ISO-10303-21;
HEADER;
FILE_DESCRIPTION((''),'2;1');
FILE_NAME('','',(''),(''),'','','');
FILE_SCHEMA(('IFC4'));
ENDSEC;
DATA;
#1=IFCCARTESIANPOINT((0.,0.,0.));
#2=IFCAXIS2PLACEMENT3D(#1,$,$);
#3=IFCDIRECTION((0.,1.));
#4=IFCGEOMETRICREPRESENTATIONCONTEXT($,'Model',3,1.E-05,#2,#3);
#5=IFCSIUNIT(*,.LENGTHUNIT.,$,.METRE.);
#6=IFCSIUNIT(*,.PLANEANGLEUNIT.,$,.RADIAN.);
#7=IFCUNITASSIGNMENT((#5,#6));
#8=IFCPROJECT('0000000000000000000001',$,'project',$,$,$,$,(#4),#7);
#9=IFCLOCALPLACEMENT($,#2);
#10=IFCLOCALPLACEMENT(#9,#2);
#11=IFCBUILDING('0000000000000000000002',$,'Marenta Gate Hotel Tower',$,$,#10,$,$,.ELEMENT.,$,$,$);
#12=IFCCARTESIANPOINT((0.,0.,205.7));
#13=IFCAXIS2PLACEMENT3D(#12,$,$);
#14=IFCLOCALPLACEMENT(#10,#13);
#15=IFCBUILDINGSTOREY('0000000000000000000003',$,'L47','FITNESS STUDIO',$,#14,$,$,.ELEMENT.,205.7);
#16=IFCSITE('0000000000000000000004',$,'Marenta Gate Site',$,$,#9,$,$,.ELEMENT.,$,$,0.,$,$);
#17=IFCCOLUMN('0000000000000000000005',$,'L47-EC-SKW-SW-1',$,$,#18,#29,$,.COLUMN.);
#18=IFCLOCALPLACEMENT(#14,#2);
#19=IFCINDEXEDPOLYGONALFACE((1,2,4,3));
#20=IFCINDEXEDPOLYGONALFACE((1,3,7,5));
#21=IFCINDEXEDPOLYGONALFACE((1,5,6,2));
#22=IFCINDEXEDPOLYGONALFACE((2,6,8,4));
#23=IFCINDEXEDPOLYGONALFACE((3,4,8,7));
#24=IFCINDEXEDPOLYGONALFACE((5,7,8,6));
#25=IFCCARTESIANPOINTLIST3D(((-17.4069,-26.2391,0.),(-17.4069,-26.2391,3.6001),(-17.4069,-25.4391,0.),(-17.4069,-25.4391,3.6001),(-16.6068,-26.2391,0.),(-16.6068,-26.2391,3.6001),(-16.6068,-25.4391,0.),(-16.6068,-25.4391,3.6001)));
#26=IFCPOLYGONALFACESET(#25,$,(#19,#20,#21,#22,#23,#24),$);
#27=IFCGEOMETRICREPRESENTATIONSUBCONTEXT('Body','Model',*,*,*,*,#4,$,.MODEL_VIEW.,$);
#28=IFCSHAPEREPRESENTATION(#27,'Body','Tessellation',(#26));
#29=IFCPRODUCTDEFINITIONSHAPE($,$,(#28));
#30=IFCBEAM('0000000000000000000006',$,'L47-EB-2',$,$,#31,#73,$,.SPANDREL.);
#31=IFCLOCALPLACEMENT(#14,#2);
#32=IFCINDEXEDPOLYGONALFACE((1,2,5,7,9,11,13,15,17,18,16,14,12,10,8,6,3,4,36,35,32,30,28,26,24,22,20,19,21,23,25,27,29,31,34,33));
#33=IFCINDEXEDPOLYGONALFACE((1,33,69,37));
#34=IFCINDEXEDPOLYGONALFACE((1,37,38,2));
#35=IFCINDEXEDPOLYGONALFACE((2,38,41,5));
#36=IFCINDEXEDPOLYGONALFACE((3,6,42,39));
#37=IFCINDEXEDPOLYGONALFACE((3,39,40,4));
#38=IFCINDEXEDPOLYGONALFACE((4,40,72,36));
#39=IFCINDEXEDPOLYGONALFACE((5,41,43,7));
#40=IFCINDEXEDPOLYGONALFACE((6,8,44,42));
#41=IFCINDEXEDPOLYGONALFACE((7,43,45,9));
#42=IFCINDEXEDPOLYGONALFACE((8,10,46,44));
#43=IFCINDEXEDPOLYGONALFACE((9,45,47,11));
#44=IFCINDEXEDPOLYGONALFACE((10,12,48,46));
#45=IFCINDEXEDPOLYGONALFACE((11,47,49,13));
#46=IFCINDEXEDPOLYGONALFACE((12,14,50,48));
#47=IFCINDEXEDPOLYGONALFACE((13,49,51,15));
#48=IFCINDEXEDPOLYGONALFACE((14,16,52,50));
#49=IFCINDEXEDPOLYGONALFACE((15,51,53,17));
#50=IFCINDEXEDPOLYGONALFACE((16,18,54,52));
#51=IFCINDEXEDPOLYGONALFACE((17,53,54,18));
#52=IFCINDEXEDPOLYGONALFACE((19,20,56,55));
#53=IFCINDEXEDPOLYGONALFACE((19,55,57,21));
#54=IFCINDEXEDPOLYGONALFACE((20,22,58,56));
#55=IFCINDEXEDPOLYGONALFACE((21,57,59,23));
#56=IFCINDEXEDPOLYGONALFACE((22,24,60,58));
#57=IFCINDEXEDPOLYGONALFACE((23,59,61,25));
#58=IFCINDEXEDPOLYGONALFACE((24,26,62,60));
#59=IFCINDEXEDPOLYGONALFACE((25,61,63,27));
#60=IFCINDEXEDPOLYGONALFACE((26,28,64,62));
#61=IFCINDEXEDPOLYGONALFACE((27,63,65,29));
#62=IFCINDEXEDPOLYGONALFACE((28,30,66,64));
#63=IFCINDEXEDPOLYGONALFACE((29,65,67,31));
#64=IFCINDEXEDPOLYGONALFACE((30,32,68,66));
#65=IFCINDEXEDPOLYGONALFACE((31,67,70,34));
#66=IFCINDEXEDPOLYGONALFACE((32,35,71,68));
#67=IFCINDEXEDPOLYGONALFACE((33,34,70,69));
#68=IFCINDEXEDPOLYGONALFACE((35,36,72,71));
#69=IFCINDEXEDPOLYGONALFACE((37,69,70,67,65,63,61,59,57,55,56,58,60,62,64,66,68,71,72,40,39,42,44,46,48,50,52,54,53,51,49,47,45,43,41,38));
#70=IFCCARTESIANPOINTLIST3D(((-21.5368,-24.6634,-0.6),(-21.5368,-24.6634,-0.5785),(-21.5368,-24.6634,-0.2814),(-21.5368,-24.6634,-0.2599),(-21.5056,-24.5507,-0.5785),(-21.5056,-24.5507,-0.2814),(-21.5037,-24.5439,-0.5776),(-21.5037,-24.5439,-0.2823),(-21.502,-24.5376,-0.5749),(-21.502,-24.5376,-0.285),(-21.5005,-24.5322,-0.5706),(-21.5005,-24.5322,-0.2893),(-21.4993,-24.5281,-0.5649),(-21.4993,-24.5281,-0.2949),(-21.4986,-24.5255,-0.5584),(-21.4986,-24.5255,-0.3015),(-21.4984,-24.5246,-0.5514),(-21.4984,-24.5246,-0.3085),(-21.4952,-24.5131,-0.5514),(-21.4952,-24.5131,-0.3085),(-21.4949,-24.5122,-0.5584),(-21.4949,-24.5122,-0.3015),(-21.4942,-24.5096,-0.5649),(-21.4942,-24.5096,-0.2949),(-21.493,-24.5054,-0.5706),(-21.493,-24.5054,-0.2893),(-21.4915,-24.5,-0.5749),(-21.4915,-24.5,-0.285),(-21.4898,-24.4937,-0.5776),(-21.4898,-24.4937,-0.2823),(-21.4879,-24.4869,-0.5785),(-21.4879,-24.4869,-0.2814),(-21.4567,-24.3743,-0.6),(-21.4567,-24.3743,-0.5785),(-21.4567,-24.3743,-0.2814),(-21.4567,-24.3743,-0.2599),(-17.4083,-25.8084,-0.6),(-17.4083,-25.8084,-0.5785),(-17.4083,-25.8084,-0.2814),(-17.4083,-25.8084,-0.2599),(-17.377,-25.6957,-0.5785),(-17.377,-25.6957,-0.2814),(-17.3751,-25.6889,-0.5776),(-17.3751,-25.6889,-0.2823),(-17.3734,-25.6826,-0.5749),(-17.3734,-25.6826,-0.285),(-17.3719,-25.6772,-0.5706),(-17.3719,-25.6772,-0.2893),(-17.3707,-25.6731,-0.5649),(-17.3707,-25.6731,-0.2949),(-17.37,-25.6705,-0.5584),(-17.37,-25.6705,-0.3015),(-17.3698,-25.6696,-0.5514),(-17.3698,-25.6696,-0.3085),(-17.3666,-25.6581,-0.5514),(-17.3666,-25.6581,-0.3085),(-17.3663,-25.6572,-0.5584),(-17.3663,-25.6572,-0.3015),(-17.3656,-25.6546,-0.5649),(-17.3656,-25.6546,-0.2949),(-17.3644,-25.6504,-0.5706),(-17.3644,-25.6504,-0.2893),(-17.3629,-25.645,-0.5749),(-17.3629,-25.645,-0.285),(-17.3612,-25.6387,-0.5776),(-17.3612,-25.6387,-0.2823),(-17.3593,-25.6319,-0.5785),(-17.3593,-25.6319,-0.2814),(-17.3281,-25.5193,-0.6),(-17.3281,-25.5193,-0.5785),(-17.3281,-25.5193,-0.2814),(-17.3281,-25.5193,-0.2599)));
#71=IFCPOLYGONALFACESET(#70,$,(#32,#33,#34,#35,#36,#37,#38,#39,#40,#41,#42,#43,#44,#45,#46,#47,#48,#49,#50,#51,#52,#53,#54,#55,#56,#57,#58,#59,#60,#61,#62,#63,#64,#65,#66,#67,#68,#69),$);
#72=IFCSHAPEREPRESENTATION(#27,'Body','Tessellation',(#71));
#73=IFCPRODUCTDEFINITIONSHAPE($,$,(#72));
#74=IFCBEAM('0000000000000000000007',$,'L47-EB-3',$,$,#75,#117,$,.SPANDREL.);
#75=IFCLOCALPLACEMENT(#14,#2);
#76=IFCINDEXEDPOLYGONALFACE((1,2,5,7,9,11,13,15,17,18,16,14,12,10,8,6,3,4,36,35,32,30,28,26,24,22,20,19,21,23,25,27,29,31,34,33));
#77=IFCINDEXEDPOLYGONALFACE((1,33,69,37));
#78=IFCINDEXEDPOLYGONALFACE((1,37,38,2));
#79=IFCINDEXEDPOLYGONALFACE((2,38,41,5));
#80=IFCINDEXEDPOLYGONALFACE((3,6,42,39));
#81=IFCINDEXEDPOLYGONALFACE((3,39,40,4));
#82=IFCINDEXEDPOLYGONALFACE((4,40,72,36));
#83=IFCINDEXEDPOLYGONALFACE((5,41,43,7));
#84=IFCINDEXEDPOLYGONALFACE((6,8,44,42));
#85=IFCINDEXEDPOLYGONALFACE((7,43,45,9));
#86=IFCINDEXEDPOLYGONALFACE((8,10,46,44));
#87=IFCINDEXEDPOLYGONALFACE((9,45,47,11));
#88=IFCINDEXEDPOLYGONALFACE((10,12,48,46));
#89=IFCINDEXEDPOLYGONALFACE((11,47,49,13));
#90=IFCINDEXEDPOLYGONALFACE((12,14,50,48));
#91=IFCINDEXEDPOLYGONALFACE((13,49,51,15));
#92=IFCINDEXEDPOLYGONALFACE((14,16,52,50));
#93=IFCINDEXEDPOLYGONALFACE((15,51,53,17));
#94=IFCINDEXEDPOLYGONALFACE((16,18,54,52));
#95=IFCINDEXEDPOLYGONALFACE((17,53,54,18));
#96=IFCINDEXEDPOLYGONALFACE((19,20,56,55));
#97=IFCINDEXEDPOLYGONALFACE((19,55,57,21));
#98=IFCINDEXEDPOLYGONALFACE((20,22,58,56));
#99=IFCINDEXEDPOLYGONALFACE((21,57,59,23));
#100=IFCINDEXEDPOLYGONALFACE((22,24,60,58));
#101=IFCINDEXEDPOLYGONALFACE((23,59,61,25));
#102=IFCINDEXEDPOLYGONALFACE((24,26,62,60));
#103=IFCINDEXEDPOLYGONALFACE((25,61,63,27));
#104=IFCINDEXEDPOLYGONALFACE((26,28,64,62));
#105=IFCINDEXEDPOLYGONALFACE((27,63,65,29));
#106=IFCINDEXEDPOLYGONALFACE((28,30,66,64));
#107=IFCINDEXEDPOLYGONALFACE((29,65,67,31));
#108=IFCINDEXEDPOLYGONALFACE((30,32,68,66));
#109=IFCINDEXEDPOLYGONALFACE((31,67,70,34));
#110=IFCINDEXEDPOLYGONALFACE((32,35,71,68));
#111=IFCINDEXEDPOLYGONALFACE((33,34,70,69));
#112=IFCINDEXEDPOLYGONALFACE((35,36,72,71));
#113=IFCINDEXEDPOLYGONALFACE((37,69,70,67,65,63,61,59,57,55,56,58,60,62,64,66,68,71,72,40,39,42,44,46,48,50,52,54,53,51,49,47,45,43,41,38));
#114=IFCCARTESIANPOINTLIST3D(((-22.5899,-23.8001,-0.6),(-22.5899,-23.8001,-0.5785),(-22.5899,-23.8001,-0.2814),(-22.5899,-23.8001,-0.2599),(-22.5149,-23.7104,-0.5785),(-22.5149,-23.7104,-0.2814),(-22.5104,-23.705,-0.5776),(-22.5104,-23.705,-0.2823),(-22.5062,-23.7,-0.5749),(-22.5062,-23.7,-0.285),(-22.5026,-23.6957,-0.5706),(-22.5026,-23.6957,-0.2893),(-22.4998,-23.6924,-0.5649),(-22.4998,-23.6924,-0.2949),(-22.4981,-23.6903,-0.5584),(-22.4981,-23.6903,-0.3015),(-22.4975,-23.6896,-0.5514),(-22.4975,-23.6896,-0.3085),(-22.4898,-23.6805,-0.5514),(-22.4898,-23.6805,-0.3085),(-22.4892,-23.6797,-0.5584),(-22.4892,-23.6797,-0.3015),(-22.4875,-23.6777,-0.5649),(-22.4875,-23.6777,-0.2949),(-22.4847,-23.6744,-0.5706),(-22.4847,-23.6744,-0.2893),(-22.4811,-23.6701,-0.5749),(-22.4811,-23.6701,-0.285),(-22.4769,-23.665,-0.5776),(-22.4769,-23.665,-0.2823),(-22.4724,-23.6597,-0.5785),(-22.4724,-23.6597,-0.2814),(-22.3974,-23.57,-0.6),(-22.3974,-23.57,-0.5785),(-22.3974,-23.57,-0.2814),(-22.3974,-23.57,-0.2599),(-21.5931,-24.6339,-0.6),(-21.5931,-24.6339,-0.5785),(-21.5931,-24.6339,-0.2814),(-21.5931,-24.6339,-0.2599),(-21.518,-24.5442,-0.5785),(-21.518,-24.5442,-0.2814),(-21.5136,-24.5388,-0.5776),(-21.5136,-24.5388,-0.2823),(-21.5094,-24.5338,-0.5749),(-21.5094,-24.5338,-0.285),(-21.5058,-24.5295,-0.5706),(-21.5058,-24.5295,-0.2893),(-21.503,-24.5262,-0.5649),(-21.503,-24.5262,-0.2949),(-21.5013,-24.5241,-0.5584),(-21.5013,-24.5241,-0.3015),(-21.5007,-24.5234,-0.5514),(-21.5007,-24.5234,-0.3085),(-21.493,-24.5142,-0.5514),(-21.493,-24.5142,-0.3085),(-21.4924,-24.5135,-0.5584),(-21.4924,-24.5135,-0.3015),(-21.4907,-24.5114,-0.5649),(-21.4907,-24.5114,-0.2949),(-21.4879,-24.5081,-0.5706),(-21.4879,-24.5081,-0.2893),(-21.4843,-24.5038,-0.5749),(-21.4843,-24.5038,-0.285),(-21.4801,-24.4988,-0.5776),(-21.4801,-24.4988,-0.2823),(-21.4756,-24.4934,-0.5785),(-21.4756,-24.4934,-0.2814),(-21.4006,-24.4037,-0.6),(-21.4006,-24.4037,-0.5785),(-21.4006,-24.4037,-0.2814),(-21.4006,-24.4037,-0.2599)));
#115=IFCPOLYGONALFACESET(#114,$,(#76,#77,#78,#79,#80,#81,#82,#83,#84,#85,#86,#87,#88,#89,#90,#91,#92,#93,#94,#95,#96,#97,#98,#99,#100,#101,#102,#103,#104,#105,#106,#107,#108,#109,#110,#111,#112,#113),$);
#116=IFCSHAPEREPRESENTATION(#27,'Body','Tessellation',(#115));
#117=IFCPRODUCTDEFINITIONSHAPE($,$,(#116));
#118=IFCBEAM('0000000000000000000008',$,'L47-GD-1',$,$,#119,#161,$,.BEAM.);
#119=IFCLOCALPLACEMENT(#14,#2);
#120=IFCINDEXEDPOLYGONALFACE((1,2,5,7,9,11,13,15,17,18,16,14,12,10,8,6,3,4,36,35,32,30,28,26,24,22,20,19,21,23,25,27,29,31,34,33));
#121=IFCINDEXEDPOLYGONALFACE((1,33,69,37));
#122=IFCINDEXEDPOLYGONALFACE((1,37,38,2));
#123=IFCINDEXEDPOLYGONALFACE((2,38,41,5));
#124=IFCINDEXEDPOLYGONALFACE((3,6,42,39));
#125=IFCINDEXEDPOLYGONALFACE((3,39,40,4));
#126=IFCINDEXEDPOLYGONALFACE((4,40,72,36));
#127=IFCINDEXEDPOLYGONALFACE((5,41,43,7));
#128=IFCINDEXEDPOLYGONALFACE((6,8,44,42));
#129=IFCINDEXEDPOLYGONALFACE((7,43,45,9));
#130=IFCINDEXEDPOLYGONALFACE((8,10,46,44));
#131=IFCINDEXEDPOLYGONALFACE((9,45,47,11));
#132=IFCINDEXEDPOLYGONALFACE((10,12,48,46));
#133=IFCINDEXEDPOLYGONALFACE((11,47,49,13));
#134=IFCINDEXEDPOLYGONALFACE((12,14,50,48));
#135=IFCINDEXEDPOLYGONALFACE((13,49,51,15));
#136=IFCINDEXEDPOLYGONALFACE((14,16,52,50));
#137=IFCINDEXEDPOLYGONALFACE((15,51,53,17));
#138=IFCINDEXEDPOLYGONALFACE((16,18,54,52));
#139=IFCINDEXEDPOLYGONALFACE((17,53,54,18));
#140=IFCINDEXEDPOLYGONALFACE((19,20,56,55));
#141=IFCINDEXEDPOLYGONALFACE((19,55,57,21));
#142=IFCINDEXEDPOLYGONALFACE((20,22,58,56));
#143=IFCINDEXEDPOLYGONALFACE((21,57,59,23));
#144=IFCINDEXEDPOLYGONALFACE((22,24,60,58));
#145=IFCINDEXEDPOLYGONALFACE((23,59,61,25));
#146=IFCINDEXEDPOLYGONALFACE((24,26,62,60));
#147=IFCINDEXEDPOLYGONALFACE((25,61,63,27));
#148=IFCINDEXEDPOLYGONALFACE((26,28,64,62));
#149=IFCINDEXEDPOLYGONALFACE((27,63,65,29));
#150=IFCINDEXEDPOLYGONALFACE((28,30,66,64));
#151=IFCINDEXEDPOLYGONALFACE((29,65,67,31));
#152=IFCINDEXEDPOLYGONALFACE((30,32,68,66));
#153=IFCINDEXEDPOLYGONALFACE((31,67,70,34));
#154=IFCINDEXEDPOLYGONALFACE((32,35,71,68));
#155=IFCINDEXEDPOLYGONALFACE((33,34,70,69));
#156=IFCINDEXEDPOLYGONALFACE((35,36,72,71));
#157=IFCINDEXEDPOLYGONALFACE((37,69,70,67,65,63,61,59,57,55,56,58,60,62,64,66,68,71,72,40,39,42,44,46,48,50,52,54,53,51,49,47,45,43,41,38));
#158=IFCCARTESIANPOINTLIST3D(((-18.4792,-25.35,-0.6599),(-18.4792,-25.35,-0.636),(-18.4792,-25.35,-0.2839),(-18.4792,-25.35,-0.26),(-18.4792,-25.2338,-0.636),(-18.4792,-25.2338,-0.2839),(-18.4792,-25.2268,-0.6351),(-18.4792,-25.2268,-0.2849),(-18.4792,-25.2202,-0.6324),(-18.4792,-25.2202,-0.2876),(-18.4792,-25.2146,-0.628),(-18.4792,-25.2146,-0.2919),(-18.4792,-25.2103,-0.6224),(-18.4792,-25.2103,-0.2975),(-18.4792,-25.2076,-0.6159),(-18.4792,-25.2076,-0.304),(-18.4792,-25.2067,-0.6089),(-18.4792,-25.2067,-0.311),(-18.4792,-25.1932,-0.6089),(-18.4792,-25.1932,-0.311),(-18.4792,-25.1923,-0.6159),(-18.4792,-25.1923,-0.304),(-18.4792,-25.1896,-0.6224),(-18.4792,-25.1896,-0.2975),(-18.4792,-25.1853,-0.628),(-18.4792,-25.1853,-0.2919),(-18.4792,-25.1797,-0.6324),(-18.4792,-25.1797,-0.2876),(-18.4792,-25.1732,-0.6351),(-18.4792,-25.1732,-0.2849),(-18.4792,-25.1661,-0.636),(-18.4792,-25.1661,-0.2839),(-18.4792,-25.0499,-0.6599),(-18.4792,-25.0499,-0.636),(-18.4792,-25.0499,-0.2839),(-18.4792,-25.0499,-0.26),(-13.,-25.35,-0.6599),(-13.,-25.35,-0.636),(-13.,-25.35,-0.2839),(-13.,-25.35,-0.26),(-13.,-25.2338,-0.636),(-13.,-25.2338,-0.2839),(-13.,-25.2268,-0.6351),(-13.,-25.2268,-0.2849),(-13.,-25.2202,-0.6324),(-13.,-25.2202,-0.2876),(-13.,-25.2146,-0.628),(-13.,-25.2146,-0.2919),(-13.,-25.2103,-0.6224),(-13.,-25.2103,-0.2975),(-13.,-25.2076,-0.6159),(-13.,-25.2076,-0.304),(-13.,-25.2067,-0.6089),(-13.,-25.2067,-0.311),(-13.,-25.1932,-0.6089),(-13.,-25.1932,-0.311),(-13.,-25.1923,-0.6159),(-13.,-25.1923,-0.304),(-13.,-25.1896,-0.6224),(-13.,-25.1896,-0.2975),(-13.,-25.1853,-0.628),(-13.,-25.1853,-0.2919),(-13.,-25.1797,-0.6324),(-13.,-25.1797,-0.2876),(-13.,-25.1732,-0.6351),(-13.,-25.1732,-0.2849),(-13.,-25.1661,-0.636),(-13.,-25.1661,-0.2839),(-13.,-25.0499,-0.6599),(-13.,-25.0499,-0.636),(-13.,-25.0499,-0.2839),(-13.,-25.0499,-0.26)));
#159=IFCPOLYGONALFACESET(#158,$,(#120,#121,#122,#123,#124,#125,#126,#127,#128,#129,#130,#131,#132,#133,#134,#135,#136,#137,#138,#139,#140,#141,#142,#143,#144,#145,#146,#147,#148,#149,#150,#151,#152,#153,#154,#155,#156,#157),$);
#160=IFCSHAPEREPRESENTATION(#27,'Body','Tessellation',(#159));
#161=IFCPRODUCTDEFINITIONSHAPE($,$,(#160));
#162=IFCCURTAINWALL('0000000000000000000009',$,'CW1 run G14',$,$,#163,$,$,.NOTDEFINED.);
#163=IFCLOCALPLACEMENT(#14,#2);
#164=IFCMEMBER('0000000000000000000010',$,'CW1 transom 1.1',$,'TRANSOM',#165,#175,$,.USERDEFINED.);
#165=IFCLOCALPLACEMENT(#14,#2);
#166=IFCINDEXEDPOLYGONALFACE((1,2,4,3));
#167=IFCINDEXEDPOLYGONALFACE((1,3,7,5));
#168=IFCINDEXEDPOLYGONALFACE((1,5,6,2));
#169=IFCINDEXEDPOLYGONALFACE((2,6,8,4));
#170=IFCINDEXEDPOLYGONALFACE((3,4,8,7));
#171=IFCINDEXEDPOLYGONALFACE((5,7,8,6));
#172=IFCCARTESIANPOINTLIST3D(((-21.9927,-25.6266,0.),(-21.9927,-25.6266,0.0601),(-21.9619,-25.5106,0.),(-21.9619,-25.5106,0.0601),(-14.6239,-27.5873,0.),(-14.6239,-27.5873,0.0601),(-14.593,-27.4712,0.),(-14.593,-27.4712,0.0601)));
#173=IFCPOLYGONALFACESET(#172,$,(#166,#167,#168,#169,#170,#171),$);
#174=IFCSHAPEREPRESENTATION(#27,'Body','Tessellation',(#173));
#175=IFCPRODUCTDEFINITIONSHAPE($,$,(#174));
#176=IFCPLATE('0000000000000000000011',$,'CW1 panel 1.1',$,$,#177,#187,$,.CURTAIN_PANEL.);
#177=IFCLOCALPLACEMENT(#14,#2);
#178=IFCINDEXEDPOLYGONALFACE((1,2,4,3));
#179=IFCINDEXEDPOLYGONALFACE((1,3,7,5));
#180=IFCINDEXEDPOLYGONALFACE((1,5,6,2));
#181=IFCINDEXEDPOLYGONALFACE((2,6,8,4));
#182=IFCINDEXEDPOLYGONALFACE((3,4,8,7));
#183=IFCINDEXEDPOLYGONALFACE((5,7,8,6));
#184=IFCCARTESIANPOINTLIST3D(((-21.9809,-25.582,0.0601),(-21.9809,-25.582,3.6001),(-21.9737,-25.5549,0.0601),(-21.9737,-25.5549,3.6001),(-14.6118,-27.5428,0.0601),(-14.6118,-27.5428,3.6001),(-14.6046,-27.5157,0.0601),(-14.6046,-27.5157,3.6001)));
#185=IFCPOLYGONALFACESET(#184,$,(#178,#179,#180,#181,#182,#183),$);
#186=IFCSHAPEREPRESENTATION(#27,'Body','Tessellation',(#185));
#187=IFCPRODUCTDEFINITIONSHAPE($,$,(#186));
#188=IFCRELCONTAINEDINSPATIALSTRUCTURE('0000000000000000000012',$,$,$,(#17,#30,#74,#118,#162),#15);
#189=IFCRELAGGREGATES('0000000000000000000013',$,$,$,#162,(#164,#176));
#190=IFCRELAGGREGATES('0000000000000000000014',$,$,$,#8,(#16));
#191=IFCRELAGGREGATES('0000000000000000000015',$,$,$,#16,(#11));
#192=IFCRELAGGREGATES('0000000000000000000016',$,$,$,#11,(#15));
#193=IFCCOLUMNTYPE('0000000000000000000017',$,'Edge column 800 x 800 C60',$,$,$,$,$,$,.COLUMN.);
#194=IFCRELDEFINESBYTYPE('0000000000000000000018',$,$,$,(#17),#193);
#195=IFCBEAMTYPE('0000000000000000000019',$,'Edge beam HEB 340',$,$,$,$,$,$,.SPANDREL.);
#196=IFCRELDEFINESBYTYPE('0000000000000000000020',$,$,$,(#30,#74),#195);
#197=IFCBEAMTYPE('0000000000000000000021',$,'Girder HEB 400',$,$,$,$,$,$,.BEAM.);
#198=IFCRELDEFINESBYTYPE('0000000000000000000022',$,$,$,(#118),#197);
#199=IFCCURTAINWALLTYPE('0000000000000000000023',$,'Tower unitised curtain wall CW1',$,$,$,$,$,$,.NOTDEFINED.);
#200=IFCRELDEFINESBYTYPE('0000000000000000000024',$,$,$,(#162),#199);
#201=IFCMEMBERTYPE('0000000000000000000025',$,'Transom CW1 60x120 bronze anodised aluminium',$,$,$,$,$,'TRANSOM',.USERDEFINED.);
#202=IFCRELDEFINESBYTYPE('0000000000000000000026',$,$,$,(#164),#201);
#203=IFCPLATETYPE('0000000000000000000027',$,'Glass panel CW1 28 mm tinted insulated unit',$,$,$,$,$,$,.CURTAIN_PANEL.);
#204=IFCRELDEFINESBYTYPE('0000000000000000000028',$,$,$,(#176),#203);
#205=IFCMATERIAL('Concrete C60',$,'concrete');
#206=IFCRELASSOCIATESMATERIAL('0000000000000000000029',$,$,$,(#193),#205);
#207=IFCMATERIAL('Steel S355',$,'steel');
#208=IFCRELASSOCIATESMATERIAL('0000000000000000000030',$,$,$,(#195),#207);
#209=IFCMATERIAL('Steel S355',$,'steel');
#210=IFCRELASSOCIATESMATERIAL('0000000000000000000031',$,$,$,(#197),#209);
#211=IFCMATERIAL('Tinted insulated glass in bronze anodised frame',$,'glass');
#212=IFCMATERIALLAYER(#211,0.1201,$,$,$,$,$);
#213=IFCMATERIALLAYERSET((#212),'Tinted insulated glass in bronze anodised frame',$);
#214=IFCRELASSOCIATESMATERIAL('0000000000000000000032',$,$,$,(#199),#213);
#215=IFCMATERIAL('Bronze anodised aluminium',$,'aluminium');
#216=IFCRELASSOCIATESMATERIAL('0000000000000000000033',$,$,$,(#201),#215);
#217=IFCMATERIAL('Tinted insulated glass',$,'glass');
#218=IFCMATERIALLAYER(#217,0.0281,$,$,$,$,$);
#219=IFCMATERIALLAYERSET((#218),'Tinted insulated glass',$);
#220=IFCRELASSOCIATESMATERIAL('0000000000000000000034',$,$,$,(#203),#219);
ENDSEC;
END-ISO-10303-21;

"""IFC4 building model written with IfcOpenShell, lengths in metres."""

from ifc_helpers import new_model, si_unit, direction, frame, origin, origin_2d, place, context, subcontext, project, spatial, rectangle, i_section, extrude, material, layer, layer_set, material_profile, profile_set, type_object, element, aggregate, save


model = new_model("IFC4")

# Units and contexts
model_context = context("Model", 3, precision=1e-05, world=origin(), true_north=direction((0.0, 1.0)))
body_context = subcontext(model_context, "Body", "Model", "MODEL_VIEW")
ifc_project = project(units=[si_unit("LENGTHUNIT", "METRE"), si_unit("PLANEANGLEUNIT", "RADIAN")], contexts=[model_context])

# Site, building, storey
site_placement = place(None, origin())
site = spatial("IfcSite", under=ifc_project, at=site_placement, Name="Marenta Gate Site", CompositionType="ELEMENT", RefElevation=0.0)
building_placement = place(site_placement, origin())
building = spatial("IfcBuilding", under=site, at=building_placement, Name="Marenta Gate Hotel Tower", CompositionType="ELEMENT")
storey_placement = place(building_placement, frame((0.0, 0.0, 205.7)))
storey = spatial("IfcBuildingStorey", under=building, at=storey_placement, Name="L47", Description="FITNESS STUDIO", CompositionType="ELEMENT", Elevation=205.7)

# Column
ifc_material_1 = material(Name="Concrete C60", Category="concrete")
ifc_material_profile_1 = material_profile(ifc_material_1, rectangle(XDim=0.8, YDim=0.8, at=origin_2d()), Name="800 x 800")
ifc_profile_set_1 = profile_set([ifc_material_profile_1], Name="Concrete C60")
column_type = type_object("IfcColumnType", Name="Edge column 800 x 800 C60", PredefinedType="COLUMN", material=ifc_profile_set_1)
column_placement = place(storey_placement, frame((-17.0068, -25.8391, 0.0), z_axis=(0.0, 0.0, 1.0), x_axis=(1.0, 0.0, 0.0)))
element("IfcColumn", 1, at=column_placement, inside=storey, type_object=column_type, Name="L47-EC-SKW-SW-1", PredefinedType="COLUMN", context=body_context, shape_type="SweptSolid", body=[
    extrude(rectangle(XDim=0.8, YDim=0.8, at=origin_2d()), origin(), (0.0, 0.0, 1.0), 3.6001),
])

# Beams
ifc_material_2 = material(Name="Steel S355", Category="steel")
ifc_material_profile_2 = material_profile(ifc_material_2, i_section(OverallWidth=0.3, OverallDepth=0.3401, WebThickness=0.012, FlangeThickness=0.0215, FilletRadius=0.0271, at=origin_2d()), Name="HEB 340")
ifc_profile_set_2 = profile_set([ifc_material_profile_2], Name="Steel S355")
beam_type_1 = type_object("IfcBeamType", Name="Edge beam HEB 340", PredefinedType="SPANDREL", material=ifc_profile_set_2)
beam_1_placement = place(storey_placement, frame((-17.3682, -25.6638, -0.4299), z_axis=(-0.963628, 0.267247, 0.0), x_axis=(-0.267247, -0.963628, 0.0)))
element("IfcBeam", 2, at=beam_1_placement, inside=storey, type_object=beam_type_1, Name="L47-EB-2", PredefinedType="SPANDREL", context=body_context, shape_type="SweptSolid", body=[
    extrude(i_section(OverallWidth=0.3, OverallDepth=0.3401, WebThickness=0.012, FlangeThickness=0.0215, FilletRadius=0.0271, at=origin_2d()), origin(), (0.0, 0.0, 1.0), 4.2844),
])
beam_2_placement = place(storey_placement, frame((-21.4968, -24.5188, -0.4299), z_axis=(-0.767065, 0.641569, 0.0), x_axis=(-0.641569, -0.767065, 0.0)))
element("IfcBeam", 3, at=beam_2_placement, inside=storey, type_object=beam_type_1, Name="L47-EB-3", PredefinedType="SPANDREL", context=body_context, shape_type="SweptSolid", body=[
    extrude(i_section(OverallWidth=0.3, OverallDepth=0.3401, WebThickness=0.012, FlangeThickness=0.0215, FilletRadius=0.0271, at=origin_2d()), origin(), (0.0, 0.0, 1.0), 1.2996),
])
ifc_material_3 = material(Name="Steel S355", Category="steel")
ifc_material_profile_3 = material_profile(ifc_material_3, i_section(OverallWidth=0.3, OverallDepth=0.3999, WebThickness=0.0134, FlangeThickness=0.0239, FilletRadius=0.0271, at=origin_2d()), Name="HEB 400")
ifc_profile_set_3 = profile_set([ifc_material_profile_3], Name="Steel S355")
beam_type_2 = type_object("IfcBeamType", Name="Girder HEB 400", PredefinedType="BEAM", material=ifc_profile_set_3)
beam_3_placement = place(storey_placement, frame((-18.4792, -25.2, -0.46), z_axis=(1.0, 0.0, 0.0), x_axis=(0.0, 1.0, 0.0)))
element("IfcBeam", 4, at=beam_3_placement, inside=storey, type_object=beam_type_2, Name="L47-GD-1", PredefinedType="BEAM", context=body_context, shape_type="SweptSolid", body=[
    extrude(i_section(OverallWidth=0.3, OverallDepth=0.3999, WebThickness=0.0134, FlangeThickness=0.0239, FilletRadius=0.0271, at=origin_2d()), origin(), (0.0, 0.0, 1.0), 5.4792),
])

# Curtain wall, member, plate
ifc_material_4 = material(Name="Tinted insulated glass in bronze anodised frame", Category="glass")
ifc_layer_1 = layer(ifc_material_4, 0.1201)
ifc_layer_set_1 = layer_set([ifc_layer_1], Name="Tinted insulated glass in bronze anodised frame")
curtain_wall_type = type_object("IfcCurtainWallType", Name="Tower unitised curtain wall CW1", PredefinedType="NOTDEFINED", material=ifc_layer_set_1)
curtain_wall_placement = place(storey_placement, origin())
curtain_wall = element("IfcCurtainWall", 5, at=curtain_wall_placement, inside=storey, type_object=curtain_wall_type, Name="CW1 run G14", PredefinedType="NOTDEFINED")
ifc_material_5 = material(Name="Bronze anodised aluminium", Category="aluminium")
ifc_material_profile_4 = material_profile(ifc_material_5, rectangle(XDim=0.1201, YDim=0.0601, at=origin_2d()), Name="Transom CW1 60x120 bronze anodised aluminium")
ifc_profile_set_4 = profile_set([ifc_material_profile_4], Name="Bronze anodised aluminium")
member_type = type_object("IfcMemberType", Name="Transom CW1 60x120 bronze anodised aluminium", ElementType="TRANSOM", PredefinedType="USERDEFINED", material=ifc_profile_set_4)
member_placement = place(storey_placement, frame((-21.9773, -25.5686, 0.03), z_axis=(0.966377, -0.257131, 0.0), x_axis=(0.257131, 0.966377, 0.0)))
member = element("IfcMember", 6, at=member_placement, type_object=member_type, Name="CW1 transom 1.1", ObjectType="TRANSOM", PredefinedType="USERDEFINED", context=body_context, shape_type="SweptSolid", body=[
    extrude(rectangle(XDim=0.1201, YDim=0.0601, at=origin_2d()), origin(), (0.0, 0.0, 1.0), 7.6252),
])
ifc_material_6 = material(Name="Tinted insulated glass", Category="glass")
ifc_layer_2 = layer(ifc_material_6, 0.0281)
ifc_layer_set_2 = layer_set([ifc_layer_2], Name="Tinted insulated glass")
plate_type = type_object("IfcPlateType", Name="Glass panel CW1 28 mm tinted insulated unit", PredefinedType="CURTAIN_PANEL", material=ifc_layer_set_2)
plate_placement = place(storey_placement, frame((-18.2927, -26.5488, 0.0601), z_axis=(0.0, 0.0, 1.0), x_axis=(0.966375, -0.257136, 0.0)))
plate = element("IfcPlate", 7, at=plate_placement, type_object=plate_type, Name="CW1 panel 1.1", PredefinedType="CURTAIN_PANEL", context=body_context, shape_type="SweptSolid", body=[
    extrude(rectangle(XDim=7.6255, YDim=0.0281, at=origin_2d()), origin(), (0.0, 0.0, 1.0), 3.54),
])
aggregate(curtain_wall, [member, plate])

save(model, "model.ifc")
